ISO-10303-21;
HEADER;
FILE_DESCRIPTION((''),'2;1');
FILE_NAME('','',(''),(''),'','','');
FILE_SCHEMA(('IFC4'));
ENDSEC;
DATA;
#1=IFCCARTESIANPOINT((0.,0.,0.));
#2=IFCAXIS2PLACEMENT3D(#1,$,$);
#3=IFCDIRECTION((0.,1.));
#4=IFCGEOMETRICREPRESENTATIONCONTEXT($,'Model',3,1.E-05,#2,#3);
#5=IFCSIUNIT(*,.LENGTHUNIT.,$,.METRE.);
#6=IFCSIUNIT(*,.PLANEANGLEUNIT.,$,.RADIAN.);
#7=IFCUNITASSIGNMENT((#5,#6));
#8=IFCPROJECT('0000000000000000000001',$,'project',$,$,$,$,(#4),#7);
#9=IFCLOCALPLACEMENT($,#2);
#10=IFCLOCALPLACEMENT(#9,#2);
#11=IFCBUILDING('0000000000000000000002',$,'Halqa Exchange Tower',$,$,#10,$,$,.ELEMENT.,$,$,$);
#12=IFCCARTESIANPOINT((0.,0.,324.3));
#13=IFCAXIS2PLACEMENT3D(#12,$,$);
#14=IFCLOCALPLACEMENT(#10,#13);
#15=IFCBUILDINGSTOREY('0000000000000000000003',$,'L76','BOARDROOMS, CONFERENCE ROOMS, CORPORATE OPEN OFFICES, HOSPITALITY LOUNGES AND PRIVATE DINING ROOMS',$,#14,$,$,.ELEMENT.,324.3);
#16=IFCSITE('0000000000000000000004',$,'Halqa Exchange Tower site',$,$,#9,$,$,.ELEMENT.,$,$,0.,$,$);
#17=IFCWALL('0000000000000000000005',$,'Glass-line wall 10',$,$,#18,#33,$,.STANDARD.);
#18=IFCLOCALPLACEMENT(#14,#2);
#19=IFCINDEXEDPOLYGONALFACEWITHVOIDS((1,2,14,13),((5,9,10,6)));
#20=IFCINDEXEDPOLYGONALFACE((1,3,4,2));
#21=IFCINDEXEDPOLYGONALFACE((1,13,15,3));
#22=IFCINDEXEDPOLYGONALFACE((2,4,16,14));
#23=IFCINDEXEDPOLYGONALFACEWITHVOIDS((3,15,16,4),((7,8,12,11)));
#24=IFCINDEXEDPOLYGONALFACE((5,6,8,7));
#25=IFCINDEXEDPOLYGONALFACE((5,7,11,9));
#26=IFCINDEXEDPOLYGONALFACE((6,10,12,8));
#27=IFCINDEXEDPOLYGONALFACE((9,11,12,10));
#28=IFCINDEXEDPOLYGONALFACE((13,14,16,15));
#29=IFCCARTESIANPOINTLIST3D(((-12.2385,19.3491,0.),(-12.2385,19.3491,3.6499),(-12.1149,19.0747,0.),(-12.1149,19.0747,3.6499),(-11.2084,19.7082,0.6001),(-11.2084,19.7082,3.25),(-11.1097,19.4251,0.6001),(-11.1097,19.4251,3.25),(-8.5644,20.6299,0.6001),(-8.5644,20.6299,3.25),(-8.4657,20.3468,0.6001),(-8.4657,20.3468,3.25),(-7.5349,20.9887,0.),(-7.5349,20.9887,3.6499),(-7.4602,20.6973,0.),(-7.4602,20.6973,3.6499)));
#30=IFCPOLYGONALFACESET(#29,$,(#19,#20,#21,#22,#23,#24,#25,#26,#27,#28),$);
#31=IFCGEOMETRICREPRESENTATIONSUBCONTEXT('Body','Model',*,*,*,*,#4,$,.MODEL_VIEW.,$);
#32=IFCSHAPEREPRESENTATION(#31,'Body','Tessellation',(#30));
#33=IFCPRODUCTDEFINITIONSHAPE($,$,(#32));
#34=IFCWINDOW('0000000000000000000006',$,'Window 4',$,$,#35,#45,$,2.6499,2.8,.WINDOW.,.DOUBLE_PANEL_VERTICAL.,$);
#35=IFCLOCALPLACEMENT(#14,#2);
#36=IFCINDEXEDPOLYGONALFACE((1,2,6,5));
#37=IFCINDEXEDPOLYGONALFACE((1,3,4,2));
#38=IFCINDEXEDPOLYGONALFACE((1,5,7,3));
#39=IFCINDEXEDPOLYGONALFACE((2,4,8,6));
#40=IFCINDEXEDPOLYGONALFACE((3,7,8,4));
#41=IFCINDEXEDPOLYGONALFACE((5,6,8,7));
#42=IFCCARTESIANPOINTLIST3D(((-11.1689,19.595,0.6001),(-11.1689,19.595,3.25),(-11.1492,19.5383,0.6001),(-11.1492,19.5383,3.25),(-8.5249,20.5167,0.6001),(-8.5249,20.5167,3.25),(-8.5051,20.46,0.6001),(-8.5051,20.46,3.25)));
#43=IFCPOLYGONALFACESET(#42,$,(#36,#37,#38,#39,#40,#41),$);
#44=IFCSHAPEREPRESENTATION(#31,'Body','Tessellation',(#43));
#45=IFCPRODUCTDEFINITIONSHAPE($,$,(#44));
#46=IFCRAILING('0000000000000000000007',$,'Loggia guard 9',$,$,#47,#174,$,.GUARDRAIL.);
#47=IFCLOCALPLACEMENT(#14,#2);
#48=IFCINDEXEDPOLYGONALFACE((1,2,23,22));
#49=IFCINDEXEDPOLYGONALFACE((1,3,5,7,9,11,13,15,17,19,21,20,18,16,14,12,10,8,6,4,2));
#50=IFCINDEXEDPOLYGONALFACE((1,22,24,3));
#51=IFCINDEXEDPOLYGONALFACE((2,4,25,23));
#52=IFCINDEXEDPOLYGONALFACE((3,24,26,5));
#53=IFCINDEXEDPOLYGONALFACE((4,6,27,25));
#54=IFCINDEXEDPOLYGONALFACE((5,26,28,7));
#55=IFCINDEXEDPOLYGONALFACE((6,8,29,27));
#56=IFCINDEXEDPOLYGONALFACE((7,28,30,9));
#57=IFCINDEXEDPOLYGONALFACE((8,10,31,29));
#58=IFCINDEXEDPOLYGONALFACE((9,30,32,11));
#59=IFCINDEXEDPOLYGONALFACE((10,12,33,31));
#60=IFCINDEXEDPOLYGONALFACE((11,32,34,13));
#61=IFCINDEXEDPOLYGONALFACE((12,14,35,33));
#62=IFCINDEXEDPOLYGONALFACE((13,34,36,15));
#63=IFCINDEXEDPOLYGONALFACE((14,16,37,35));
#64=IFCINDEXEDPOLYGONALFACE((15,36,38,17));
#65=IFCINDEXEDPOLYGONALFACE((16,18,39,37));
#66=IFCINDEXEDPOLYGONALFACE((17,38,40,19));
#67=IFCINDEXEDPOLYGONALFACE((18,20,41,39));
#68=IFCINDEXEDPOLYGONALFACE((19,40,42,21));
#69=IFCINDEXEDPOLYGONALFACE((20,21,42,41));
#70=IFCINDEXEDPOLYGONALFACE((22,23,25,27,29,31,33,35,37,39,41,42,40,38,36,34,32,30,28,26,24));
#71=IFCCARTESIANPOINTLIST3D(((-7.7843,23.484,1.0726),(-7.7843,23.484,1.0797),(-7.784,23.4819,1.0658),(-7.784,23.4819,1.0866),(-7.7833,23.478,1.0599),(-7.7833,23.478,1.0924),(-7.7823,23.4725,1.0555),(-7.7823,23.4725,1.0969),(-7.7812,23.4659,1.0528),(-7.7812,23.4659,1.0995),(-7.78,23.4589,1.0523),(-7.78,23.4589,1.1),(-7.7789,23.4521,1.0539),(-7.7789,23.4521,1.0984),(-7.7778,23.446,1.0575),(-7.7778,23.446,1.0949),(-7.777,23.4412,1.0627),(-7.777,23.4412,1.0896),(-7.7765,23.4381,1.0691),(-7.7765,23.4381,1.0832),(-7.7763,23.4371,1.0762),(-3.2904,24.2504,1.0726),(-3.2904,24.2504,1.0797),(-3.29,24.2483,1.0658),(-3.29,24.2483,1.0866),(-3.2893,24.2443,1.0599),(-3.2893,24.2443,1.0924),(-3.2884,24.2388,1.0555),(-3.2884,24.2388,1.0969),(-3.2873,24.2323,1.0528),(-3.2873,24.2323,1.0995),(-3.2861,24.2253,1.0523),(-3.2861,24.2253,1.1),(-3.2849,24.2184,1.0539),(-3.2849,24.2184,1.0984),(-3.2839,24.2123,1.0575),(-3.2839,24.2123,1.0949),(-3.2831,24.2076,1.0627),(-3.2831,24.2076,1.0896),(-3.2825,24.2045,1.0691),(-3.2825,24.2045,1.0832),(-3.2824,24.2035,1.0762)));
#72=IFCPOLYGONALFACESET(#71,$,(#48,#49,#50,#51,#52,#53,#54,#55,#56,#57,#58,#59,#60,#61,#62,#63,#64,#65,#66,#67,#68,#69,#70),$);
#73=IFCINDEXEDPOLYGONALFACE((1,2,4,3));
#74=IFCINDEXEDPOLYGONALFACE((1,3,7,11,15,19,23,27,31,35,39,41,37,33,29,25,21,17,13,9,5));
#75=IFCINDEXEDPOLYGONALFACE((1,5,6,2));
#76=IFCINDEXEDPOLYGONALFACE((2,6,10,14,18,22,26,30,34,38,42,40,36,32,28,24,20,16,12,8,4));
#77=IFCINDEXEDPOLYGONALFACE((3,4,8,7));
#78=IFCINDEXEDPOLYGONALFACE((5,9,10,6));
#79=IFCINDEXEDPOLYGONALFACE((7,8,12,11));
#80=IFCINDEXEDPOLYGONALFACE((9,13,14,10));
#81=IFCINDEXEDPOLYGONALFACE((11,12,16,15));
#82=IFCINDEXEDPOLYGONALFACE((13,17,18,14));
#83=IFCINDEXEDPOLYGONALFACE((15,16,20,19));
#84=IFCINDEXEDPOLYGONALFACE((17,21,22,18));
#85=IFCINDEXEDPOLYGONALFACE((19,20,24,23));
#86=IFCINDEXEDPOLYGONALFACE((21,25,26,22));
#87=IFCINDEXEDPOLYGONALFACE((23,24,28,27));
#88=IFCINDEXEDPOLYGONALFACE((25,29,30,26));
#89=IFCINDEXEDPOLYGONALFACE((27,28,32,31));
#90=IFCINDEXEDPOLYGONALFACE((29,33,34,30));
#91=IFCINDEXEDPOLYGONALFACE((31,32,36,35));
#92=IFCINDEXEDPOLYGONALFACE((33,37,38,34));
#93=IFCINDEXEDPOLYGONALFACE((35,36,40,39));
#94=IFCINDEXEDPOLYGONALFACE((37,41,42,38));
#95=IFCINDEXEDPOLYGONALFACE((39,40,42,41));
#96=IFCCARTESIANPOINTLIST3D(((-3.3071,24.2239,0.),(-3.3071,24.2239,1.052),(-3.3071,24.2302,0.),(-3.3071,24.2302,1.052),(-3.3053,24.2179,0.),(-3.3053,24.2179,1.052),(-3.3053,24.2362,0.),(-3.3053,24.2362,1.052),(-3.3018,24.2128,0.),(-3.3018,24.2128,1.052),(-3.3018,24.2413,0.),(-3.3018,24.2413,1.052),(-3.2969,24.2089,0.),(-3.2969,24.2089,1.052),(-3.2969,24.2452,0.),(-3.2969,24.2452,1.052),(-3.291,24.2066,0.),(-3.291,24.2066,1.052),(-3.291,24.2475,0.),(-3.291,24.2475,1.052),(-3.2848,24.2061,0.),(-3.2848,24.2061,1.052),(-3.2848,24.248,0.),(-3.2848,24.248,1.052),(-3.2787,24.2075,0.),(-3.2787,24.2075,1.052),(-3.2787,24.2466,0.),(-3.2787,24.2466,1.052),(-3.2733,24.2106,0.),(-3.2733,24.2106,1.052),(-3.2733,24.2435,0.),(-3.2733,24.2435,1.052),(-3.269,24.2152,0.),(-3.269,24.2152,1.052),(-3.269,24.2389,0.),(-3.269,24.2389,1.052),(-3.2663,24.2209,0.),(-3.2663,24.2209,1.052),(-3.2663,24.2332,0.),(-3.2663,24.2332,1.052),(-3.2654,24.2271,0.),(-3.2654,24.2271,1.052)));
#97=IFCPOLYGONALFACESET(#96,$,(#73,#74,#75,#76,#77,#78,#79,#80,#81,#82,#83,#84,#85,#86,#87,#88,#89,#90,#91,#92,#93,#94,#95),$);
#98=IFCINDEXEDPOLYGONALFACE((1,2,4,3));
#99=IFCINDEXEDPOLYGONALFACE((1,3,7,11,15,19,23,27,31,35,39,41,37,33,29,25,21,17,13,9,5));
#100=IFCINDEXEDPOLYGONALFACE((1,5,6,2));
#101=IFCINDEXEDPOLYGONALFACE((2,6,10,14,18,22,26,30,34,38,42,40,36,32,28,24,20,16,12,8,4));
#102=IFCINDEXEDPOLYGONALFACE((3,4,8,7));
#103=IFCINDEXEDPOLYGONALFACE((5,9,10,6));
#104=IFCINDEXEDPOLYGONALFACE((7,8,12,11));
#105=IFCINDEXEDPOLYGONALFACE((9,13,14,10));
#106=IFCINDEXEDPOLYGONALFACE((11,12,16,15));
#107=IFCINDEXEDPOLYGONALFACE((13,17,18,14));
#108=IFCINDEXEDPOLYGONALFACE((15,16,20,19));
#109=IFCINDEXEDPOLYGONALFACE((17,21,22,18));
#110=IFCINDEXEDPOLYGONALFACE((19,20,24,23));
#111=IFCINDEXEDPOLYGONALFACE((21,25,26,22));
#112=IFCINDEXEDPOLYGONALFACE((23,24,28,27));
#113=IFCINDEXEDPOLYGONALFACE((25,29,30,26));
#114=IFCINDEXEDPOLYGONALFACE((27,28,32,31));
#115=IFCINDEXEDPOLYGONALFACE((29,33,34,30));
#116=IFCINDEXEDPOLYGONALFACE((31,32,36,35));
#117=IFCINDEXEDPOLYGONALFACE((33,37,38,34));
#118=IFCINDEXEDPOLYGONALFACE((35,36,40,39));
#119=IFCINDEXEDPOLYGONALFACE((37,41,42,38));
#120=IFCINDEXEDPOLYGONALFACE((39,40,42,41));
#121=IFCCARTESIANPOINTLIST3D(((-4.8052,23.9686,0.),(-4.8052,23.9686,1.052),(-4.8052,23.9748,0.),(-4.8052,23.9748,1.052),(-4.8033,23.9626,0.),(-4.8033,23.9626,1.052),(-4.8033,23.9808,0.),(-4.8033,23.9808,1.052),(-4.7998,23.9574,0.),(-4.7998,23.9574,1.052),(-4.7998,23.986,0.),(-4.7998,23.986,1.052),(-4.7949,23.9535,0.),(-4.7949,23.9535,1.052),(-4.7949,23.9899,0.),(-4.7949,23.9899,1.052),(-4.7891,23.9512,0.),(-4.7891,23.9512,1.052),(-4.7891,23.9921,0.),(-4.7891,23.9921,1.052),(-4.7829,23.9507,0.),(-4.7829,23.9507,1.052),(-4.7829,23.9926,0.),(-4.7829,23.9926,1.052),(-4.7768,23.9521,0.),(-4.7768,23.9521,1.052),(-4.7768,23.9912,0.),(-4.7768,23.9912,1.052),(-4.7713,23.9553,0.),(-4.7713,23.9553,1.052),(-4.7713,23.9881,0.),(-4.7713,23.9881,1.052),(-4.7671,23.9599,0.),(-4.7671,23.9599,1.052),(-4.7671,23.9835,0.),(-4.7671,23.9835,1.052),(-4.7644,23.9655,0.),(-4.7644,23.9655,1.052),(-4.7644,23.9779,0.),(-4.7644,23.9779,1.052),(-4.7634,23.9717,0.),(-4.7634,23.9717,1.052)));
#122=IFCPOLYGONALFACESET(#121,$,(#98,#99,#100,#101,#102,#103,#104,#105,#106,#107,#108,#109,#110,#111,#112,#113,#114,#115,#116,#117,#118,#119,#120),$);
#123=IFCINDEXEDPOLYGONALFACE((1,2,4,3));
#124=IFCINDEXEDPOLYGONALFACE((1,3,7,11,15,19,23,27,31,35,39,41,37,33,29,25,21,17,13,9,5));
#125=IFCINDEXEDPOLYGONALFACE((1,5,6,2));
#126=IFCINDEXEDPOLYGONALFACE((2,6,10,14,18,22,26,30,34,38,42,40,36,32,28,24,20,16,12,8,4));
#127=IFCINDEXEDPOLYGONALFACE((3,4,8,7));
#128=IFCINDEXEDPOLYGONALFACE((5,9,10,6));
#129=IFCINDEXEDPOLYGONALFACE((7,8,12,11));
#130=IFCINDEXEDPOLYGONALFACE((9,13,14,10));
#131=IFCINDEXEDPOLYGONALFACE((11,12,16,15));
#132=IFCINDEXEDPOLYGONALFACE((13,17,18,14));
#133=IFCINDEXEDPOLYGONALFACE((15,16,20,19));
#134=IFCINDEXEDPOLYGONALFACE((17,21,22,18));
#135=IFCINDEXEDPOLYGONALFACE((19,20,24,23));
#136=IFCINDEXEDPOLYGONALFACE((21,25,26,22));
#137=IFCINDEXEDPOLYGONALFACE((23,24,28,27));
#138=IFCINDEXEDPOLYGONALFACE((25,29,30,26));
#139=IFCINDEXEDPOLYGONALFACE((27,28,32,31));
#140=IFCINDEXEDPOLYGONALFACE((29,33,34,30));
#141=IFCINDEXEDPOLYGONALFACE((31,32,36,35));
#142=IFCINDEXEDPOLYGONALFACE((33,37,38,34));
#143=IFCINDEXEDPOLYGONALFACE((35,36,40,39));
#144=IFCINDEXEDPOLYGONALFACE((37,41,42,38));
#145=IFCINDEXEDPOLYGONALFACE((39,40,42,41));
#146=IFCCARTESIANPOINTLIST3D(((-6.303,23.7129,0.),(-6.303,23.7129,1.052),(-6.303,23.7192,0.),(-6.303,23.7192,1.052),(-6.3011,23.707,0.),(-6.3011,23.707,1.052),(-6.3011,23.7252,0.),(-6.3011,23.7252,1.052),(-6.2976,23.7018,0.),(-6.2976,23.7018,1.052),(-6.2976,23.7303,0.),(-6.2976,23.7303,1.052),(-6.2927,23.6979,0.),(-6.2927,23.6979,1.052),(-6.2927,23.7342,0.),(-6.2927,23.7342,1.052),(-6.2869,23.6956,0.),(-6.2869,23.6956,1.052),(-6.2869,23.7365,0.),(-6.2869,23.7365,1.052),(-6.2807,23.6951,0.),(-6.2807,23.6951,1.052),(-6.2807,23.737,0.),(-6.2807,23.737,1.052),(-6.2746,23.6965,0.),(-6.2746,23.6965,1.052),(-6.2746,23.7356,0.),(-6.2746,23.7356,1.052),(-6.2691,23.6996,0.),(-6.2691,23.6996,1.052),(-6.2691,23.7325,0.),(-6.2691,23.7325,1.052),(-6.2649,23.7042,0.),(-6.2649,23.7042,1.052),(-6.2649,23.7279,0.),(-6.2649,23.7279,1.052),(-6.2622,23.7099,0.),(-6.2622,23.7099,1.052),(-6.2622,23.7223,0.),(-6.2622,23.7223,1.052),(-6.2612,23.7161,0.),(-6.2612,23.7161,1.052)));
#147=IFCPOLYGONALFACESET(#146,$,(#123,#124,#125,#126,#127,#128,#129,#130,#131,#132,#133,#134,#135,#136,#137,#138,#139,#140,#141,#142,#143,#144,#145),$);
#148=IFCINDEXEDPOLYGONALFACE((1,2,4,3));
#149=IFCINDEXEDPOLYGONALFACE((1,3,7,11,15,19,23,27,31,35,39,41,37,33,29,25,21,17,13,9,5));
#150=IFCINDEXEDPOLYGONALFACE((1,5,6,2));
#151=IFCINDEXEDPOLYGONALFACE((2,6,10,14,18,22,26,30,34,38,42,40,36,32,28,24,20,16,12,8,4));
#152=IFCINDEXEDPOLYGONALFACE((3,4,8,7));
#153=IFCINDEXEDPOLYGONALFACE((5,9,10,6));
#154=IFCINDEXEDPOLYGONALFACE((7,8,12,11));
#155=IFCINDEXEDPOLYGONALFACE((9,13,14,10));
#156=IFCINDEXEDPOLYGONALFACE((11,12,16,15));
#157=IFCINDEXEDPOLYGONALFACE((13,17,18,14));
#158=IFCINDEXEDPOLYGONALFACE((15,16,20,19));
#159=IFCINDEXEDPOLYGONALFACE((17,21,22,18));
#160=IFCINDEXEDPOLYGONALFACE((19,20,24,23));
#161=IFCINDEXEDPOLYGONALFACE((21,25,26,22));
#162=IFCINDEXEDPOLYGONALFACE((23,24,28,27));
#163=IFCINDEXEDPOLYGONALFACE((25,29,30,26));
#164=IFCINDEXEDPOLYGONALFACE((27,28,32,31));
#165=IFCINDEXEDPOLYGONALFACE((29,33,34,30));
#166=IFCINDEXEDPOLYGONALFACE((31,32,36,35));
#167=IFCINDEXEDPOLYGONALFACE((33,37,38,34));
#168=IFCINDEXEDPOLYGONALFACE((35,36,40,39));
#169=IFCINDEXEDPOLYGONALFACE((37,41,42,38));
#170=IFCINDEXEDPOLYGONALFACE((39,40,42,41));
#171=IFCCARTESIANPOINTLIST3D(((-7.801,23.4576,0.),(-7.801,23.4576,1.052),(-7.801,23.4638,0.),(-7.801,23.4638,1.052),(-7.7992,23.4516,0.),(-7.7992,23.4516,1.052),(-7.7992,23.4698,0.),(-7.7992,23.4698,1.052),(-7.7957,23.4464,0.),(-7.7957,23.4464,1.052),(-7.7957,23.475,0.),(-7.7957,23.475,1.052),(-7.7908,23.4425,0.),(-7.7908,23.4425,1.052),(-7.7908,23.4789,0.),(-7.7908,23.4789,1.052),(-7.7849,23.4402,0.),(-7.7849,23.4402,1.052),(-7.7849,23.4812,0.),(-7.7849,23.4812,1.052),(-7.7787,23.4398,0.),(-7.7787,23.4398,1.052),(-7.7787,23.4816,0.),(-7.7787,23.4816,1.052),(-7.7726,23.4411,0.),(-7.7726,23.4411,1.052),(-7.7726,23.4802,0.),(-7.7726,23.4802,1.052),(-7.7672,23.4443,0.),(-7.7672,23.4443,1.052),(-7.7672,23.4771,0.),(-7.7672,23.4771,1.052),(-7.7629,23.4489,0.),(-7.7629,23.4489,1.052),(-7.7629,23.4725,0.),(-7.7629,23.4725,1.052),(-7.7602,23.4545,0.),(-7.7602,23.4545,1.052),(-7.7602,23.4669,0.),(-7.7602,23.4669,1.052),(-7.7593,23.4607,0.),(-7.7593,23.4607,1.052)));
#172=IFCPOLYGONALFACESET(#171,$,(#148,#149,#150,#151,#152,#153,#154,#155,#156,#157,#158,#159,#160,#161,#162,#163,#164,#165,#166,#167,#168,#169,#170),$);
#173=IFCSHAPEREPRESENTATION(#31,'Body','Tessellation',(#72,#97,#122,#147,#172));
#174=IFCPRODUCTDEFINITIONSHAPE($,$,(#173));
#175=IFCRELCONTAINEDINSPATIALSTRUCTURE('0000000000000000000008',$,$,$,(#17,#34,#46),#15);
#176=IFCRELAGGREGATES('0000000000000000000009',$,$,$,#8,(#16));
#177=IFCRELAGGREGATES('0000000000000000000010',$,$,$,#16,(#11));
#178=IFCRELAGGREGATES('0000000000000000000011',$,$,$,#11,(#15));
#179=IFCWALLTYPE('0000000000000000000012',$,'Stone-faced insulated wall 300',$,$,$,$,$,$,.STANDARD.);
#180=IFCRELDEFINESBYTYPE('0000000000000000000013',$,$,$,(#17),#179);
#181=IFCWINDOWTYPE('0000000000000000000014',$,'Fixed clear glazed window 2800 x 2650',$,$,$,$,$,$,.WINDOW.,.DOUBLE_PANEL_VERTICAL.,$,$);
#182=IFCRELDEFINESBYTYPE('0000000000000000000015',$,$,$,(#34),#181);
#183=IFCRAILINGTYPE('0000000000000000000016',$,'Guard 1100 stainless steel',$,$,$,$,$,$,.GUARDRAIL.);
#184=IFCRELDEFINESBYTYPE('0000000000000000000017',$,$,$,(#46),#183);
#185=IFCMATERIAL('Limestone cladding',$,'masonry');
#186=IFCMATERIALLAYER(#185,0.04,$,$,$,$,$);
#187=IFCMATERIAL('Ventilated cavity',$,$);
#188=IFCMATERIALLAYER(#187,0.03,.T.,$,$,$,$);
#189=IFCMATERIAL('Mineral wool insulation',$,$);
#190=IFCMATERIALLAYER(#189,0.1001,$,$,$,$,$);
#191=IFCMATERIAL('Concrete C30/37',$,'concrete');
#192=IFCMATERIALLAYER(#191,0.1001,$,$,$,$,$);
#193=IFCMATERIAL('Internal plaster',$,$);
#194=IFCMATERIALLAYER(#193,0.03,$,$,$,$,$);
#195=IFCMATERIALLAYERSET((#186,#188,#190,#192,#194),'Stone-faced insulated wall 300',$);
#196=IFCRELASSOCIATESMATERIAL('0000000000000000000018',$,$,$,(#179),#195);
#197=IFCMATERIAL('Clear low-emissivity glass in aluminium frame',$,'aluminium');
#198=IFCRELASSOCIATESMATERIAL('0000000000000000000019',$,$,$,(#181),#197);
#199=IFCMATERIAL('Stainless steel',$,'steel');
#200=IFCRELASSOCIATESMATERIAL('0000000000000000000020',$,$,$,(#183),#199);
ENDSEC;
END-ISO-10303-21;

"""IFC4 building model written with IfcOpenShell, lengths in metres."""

from ifc_helpers import new_model, si_unit, direction, frame, frame_2d, origin, origin_2d, place, context, subcontext, project, spatial, polyline, rectangle, circle, outline, extrude, material, layer, layer_set, type_object, element, fill, save


model = new_model("IFC4")

# Units and contexts
model_context = context("Model", 3, precision=1e-05, world=origin(), true_north=direction((0.0, 1.0)))
body_context = subcontext(model_context, "Body", "Model", "MODEL_VIEW")
ifc_project = project(units=[si_unit("LENGTHUNIT", "METRE"), si_unit("PLANEANGLEUNIT", "RADIAN")], contexts=[model_context])

# Site, building, storey
site_placement = place(None, origin())
site = spatial("IfcSite", under=ifc_project, at=site_placement, Name="Halqa Exchange Tower site", CompositionType="ELEMENT", RefElevation=0.0)
building_placement = place(site_placement, origin())
building = spatial("IfcBuilding", under=site, at=building_placement, Name="Halqa Exchange Tower", CompositionType="ELEMENT")
storey_placement = place(building_placement, frame((0.0, 0.0, 324.3)))
storey = spatial("IfcBuildingStorey", under=building, at=storey_placement, Name="L76", Description="BOARDROOMS, CONFERENCE ROOMS, CORPORATE OPEN OFFICES, HOSPITALITY LOUNGES AND PRIVATE DINING ROOMS", CompositionType="ELEMENT", Elevation=324.3)

# Shared definitions
ifc_material_1 = material(Name="Concrete C30/37", Category="concrete")

# Wall, opening, window
ifc_material_2 = material(Name="Limestone cladding", Category="masonry")
ifc_layer_1 = layer(ifc_material_2, 0.04)
ifc_material_3 = material(Name="Ventilated cavity")
ifc_layer_2 = layer(ifc_material_3, 0.03, ventilated=True)
ifc_material_4 = material(Name="Mineral wool insulation")
ifc_layer_3 = layer(ifc_material_4, 0.1001)
ifc_layer_4 = layer(ifc_material_1, 0.1001)
ifc_material_5 = material(Name="Internal plaster")
ifc_layer_5 = layer(ifc_material_5, 0.03)
ifc_layer_set_1 = layer_set([ifc_layer_1, ifc_layer_2, ifc_layer_3, ifc_layer_4, ifc_layer_5], Name="Stone-faced insulated wall 300")
wall_type_1 = type_object("IfcWallType", Name="Stone-faced insulated wall 300", PredefinedType="STANDARD", material=ifc_layer_set_1)
ifc_material_6 = material(Name="Clear low-emissivity glass in aluminium frame", Category="aluminium")
window_type = type_object("IfcWindowType", Name="Fixed clear glazed window 2800 x 2650", PartitioningType="DOUBLE_PANEL_VERTICAL", PredefinedType="WINDOW", material=ifc_material_6)
wall_1_placement = place(storey_placement, frame((-7.4976, 20.843, 0.0), z_axis=(0.0, 0.0, 1.0), x_axis=(-0.944274, -0.329161, 0.0)))
wall_1 = element("IfcWall", 1, at=wall_1_placement, inside=storey, type_object=wall_type_1, Name="Glass-line wall 10", PredefinedType="STANDARD", context=body_context, shape_type="SweptSolid", body=[
    extrude(outline(polyline([(-0.0127, -0.1499), (4.9685, -0.1499), (4.9421, 0.1499), (0.0127, 0.1499), (-0.0127, -0.1499)])), origin(), (0.0, 0.0, 1.0), 3.6499),
])
opening_1_placement = place(wall_1_placement, frame((1.0776, 0.0, 0.6001)))
opening_1 = element("IfcOpeningElement", 2, at=opening_1_placement, cuts=wall_1, PredefinedType="OPENING", context=body_context, shape_type="SweptSolid", body=[
    extrude(rectangle(XDim=2.8, YDim=2.6499, at=frame_2d((1.3999, 1.325))), frame((0.0, 0.1621, 0.0), z_axis=(0.0, -1.0, 0.0), x_axis=(1.0, 0.0, 0.0)), (0.0, 0.0, 1.0), 0.324),
])
window_1_placement = place(opening_1_placement, origin())
window_1 = element("IfcWindow", 3, at=window_1_placement, inside=storey, type_object=window_type, Name="Window 4", OverallHeight=2.6499, OverallWidth=2.8, PartitioningType="DOUBLE_PANEL_VERTICAL", PredefinedType="WINDOW", context=body_context, shape_type="SweptSolid", body=[
    extrude(rectangle(XDim=2.8, YDim=2.6499, at=frame_2d((1.3999, 1.325))), frame((0.0, 0.03, 0.0), z_axis=(0.0, -1.0, 0.0), x_axis=(1.0, 0.0, 0.0)), (0.0, 0.0, 1.0), 0.0601),
])
fill(opening_1, window_1)

# Railing
ifc_material_7 = material(Name="Stainless steel", Category="steel")
railing_type = type_object("IfcRailingType", Name="Guard 1100 stainless steel", PredefinedType="GUARDRAIL", material=ifc_material_7)
railing_1_placement = place(storey_placement, frame((-3.2864, 24.2271, 0.0)))
element("IfcRailing", 4, at=railing_1_placement, inside=storey, type_object=railing_type, Name="Loggia guard 9", PredefinedType="GUARDRAIL", context=body_context, shape_type="SweptSolid", body=[
    extrude(circle(Radius=0.0239, at=origin_2d()), frame((0.0, 0.0, 1.0762), z_axis=(-0.985769, -0.168106, 0.0), x_axis=(0.168106, -0.985769, 0.0)), (0.0, 0.0, 1.0), 4.5588),
    extrude(circle(Radius=0.021, at=origin_2d()), origin(), (0.0, 0.0, 1.0), 1.052),
    extrude(circle(Radius=0.021, at=origin_2d()), frame((-1.498, -0.2554, 0.0)), (0.0, 0.0, 1.0), 1.052),
    extrude(circle(Radius=0.021, at=origin_2d()), frame((-2.9958, -0.511, 0.0)), (0.0, 0.0, 1.0), 1.052),
    extrude(circle(Radius=0.021, at=origin_2d()), frame((-4.4939, -0.7664, 0.0)), (0.0, 0.0, 1.0), 1.052),
])

save(model, "model.ifc")
